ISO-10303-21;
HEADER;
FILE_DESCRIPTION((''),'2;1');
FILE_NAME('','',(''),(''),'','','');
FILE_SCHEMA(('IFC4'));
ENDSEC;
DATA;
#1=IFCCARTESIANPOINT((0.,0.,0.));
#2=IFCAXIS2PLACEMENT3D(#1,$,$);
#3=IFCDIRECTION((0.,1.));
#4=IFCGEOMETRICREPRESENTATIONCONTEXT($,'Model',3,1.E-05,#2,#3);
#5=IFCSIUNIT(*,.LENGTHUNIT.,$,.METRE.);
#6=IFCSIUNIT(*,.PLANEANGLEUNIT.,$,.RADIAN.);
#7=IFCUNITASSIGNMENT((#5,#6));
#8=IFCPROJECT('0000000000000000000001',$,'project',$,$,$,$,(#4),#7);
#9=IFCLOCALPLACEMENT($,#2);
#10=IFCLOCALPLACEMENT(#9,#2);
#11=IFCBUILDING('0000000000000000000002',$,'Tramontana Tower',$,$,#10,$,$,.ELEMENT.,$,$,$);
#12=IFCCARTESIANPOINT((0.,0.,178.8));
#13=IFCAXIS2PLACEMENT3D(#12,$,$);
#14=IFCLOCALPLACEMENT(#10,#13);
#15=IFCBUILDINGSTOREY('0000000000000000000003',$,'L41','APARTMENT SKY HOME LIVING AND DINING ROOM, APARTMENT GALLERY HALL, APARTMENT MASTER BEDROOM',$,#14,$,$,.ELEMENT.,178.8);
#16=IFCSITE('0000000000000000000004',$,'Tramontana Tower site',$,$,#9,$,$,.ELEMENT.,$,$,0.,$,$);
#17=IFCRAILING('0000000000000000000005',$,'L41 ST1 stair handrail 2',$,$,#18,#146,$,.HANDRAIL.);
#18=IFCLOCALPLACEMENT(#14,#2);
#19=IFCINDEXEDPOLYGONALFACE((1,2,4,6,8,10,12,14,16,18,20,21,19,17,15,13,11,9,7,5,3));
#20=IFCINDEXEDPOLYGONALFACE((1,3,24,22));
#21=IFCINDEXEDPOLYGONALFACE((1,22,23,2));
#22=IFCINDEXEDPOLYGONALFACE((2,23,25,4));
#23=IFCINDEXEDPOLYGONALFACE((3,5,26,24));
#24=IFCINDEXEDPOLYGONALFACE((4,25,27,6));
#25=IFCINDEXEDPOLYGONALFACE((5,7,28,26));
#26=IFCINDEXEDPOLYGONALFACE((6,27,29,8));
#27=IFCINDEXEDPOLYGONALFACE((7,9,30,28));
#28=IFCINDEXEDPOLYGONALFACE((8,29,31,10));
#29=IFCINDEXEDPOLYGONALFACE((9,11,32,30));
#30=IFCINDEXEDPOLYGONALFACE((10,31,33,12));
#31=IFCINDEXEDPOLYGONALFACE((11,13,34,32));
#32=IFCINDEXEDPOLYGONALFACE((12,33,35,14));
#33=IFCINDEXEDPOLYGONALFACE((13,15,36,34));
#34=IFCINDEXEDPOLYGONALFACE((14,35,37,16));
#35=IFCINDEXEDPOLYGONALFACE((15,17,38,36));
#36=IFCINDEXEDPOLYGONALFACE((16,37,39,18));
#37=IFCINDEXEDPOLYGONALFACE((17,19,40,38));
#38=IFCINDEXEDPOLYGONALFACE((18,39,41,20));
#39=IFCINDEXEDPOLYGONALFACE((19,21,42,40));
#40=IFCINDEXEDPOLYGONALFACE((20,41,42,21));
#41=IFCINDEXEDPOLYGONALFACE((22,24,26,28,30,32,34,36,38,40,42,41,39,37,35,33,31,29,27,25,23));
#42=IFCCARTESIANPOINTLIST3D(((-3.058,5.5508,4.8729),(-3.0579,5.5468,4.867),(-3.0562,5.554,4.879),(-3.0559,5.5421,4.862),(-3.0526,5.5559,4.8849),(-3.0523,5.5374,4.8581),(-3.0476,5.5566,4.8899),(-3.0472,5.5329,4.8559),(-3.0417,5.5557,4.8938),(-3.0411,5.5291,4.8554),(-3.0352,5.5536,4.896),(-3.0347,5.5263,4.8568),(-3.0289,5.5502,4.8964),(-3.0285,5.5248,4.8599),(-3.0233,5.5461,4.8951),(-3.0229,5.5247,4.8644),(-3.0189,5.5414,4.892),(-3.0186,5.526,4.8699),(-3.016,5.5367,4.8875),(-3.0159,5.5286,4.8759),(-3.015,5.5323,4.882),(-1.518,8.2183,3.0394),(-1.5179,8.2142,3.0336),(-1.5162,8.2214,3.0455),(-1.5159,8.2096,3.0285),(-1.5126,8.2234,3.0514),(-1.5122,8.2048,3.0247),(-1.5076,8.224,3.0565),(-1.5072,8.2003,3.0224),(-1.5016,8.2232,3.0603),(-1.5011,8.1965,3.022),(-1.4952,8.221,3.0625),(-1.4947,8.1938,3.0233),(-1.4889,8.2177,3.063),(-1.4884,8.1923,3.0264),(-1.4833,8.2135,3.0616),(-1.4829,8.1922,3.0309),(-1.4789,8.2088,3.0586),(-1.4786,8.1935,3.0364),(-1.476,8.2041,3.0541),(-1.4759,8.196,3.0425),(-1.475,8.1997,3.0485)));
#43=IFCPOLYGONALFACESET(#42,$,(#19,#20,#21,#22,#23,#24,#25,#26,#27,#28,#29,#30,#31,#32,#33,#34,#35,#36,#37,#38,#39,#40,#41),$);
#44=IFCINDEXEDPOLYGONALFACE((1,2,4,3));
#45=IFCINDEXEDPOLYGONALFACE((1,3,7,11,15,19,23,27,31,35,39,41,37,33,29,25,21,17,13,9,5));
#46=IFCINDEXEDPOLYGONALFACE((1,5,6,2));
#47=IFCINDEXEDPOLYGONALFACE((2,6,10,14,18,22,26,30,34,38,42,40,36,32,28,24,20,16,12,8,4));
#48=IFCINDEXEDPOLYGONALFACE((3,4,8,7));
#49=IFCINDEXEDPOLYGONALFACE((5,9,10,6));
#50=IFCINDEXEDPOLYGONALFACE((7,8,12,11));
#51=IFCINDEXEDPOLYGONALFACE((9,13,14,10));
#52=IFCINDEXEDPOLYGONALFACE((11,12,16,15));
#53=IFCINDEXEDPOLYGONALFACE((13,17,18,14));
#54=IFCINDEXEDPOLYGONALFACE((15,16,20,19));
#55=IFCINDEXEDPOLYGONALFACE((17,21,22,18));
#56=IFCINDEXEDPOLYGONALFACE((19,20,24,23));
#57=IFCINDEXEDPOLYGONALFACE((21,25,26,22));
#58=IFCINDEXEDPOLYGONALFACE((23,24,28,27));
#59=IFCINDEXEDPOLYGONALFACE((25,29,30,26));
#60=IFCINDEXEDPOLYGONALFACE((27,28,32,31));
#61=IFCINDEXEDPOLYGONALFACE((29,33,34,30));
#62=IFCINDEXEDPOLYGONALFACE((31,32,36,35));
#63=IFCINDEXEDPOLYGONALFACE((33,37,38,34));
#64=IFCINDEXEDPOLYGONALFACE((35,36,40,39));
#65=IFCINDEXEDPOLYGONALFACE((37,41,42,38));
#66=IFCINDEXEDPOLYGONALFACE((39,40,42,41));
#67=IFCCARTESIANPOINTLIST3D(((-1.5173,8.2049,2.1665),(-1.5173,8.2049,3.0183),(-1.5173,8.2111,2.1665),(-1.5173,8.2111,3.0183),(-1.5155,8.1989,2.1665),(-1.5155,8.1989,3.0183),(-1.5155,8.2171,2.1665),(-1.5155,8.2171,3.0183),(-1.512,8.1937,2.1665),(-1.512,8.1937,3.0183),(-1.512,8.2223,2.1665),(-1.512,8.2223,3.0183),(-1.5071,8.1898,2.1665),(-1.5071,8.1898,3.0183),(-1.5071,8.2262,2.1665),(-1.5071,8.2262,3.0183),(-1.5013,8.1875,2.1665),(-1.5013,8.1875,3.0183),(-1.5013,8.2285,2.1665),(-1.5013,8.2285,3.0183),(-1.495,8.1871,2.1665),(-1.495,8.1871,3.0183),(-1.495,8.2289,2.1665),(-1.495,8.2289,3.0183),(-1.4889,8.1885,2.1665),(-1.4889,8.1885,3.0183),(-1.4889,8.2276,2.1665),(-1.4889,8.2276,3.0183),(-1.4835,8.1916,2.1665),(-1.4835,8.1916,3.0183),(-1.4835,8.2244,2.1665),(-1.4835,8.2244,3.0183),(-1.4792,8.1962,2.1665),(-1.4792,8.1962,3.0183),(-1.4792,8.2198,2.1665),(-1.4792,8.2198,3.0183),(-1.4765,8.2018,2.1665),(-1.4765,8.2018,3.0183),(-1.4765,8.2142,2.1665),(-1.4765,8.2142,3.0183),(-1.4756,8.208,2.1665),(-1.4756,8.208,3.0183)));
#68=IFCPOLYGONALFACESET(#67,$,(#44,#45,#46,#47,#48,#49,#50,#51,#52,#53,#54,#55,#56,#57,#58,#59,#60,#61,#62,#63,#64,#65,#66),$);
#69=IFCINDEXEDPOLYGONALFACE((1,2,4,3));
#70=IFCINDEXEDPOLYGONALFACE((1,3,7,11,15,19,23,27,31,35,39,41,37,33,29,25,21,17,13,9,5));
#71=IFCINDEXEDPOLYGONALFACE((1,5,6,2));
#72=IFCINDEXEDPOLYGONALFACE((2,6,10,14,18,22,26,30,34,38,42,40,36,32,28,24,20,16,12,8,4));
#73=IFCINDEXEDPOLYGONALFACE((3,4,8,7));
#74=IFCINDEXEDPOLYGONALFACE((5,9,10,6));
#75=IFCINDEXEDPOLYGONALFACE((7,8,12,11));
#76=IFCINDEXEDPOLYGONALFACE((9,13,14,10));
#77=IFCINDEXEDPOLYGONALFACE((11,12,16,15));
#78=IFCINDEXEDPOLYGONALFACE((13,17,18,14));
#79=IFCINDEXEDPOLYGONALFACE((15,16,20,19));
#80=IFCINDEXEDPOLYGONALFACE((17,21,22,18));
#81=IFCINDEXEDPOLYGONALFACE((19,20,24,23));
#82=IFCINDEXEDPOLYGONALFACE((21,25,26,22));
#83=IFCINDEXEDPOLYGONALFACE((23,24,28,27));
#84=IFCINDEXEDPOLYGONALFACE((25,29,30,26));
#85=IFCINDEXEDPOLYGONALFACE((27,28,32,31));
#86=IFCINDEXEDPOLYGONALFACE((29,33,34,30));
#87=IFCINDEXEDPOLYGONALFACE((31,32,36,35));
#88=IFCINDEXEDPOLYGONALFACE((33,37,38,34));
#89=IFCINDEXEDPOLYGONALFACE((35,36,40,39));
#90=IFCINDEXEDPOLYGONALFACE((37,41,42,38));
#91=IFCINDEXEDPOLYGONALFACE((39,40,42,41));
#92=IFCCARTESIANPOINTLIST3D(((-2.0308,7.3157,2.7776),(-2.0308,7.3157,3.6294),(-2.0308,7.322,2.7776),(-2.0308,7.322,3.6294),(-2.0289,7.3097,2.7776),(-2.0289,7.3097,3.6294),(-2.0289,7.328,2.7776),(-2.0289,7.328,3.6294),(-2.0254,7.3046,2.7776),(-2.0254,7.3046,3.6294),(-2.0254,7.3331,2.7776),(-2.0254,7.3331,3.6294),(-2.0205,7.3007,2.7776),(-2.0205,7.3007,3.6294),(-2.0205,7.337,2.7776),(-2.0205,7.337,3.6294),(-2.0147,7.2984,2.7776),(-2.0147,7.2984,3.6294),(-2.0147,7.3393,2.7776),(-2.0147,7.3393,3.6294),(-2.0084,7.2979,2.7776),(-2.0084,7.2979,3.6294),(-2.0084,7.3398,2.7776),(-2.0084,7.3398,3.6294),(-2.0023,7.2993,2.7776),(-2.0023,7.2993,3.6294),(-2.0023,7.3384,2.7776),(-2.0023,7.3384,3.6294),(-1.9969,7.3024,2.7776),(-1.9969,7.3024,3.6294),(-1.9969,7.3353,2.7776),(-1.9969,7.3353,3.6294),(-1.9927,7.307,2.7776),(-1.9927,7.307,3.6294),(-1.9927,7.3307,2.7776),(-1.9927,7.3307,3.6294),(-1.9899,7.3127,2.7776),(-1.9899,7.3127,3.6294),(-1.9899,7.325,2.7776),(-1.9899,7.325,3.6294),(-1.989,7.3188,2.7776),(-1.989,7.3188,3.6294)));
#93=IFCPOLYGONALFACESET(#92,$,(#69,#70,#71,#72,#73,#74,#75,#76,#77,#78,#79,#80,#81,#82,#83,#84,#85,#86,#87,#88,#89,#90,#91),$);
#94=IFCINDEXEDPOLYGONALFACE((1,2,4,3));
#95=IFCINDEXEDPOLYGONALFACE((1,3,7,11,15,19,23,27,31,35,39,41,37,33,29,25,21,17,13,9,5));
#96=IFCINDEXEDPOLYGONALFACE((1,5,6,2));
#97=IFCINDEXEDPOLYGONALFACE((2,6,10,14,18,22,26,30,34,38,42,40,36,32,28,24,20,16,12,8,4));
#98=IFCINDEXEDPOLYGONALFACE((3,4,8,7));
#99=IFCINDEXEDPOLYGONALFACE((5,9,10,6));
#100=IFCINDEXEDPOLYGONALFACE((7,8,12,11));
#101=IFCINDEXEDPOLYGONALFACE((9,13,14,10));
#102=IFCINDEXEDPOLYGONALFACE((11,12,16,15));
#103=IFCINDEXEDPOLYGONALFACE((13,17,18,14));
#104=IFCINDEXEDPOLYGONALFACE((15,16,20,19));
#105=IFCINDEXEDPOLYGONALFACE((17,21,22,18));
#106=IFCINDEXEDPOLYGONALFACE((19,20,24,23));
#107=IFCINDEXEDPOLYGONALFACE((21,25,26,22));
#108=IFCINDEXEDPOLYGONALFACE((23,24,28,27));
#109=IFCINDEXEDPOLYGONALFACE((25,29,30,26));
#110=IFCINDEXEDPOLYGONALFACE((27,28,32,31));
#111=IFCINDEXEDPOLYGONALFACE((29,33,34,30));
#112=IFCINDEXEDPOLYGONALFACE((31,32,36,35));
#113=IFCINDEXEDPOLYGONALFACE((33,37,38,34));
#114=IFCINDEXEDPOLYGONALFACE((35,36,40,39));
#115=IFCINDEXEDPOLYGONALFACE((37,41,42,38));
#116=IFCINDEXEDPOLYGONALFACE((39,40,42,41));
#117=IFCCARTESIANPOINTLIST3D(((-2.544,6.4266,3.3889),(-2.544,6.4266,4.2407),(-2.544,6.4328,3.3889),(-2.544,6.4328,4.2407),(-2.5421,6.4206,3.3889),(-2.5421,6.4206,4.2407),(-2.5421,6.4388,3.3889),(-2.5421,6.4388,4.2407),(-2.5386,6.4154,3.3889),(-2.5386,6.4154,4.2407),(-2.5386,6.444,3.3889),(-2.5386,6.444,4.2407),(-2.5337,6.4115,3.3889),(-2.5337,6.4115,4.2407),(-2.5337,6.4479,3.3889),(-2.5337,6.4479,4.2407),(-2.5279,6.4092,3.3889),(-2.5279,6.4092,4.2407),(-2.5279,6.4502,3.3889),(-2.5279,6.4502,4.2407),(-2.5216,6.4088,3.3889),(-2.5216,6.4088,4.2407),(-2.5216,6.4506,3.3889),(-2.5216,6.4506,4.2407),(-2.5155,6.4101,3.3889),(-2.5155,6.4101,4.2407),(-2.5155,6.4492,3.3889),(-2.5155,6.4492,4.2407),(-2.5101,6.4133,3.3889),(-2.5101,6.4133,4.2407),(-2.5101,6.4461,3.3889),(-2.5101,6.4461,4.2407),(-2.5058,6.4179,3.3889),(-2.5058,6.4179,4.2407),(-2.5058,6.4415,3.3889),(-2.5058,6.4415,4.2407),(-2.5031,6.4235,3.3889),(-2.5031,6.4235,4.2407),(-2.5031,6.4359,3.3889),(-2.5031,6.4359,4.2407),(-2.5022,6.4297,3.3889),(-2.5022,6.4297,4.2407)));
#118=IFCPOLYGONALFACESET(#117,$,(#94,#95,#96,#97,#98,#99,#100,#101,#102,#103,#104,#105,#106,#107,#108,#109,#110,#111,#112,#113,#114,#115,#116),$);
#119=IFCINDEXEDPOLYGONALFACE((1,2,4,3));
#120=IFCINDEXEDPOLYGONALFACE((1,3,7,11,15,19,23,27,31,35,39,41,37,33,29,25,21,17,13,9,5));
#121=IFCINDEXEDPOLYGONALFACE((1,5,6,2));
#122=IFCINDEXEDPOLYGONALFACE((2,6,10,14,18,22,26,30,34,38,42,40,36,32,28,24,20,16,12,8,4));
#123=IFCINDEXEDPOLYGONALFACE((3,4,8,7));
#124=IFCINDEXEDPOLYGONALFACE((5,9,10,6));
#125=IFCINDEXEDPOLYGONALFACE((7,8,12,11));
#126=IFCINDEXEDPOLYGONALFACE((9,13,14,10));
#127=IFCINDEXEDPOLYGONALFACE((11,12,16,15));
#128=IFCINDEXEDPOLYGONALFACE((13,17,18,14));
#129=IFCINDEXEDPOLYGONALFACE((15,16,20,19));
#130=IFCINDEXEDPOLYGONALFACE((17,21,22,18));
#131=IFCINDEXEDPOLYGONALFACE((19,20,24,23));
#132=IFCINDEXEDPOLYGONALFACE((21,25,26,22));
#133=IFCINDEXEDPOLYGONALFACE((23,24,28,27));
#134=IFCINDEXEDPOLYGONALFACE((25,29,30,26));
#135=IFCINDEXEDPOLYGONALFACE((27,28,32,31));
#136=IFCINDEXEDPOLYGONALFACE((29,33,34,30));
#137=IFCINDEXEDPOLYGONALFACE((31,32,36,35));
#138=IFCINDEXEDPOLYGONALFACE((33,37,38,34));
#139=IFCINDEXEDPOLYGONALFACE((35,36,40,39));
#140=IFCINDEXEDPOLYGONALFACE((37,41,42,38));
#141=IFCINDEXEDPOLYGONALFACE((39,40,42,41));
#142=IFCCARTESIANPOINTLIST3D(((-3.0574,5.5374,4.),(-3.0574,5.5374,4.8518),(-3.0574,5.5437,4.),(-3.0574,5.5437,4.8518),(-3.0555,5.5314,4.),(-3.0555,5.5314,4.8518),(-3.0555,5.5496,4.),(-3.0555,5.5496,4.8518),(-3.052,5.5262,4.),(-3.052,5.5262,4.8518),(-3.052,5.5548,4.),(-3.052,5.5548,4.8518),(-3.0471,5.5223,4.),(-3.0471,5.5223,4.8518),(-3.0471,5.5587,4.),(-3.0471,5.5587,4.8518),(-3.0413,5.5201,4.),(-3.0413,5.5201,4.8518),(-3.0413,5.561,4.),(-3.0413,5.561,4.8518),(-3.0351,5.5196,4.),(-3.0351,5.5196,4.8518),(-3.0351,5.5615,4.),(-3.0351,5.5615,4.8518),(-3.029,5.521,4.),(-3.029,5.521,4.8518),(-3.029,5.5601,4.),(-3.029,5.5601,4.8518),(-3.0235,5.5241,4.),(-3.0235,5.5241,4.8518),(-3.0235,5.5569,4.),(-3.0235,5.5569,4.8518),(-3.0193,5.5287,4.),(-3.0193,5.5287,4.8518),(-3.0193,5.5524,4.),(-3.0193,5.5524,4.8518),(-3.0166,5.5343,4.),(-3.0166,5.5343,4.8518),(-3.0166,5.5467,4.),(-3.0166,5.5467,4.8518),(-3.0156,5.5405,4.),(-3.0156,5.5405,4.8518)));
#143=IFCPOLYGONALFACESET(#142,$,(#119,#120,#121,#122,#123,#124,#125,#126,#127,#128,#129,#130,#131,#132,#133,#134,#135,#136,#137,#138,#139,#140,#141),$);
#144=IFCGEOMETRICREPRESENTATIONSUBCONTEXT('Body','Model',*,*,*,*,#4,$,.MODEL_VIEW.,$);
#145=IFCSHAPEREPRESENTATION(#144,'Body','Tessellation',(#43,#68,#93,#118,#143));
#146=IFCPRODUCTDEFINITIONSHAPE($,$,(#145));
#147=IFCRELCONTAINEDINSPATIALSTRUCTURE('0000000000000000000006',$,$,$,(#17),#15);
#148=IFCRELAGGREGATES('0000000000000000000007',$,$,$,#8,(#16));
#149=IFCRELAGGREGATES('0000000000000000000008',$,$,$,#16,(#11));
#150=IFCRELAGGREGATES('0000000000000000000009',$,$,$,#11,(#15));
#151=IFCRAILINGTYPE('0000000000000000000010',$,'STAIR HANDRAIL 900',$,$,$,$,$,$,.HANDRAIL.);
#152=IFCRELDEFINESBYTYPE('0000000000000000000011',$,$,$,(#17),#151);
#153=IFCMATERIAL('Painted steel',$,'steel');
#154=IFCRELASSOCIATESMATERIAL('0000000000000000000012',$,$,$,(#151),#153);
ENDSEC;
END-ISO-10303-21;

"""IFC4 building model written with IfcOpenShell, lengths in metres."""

from ifc_helpers import new_model, si_unit, direction, frame, origin, origin_2d, place, context, subcontext, project, spatial, circle, extrude, material, type_object, element, save


model = new_model("IFC4")

# Units and contexts
model_context = context("Model", 3, precision=1e-05, world=origin(), true_north=direction((0.0, 1.0)))
body_context = subcontext(model_context, "Body", "Model", "MODEL_VIEW")
ifc_project = project(units=[si_unit("LENGTHUNIT", "METRE"), si_unit("PLANEANGLEUNIT", "RADIAN")], contexts=[model_context])

# Site, building, storey
site_placement = place(None, origin())
site = spatial("IfcSite", under=ifc_project, at=site_placement, Name="Tramontana Tower site", CompositionType="ELEMENT", RefElevation=0.0)
building_placement = place(site_placement, origin())
building = spatial("IfcBuilding", under=site, at=building_placement, Name="Tramontana Tower", CompositionType="ELEMENT")
storey_placement = place(building_placement, frame((0.0, 0.0, 178.8)))
storey = spatial("IfcBuildingStorey", under=building, at=storey_placement, Name="L41", Description="APARTMENT SKY HOME LIVING AND DINING ROOM, APARTMENT GALLERY HALL, APARTMENT MASTER BEDROOM", CompositionType="ELEMENT", Elevation=178.8)

# Railing
ifc_material_1 = material(Name="Painted steel", Category="steel")
railing_type_1 = type_object("IfcRailingType", Name="STAIR HANDRAIL 900", PredefinedType="HANDRAIL", material=ifc_material_1)
railing_1_placement = place(storey_placement, frame((-1.4966, 8.208, 2.1665)))
element("IfcRailing", 1, at=railing_1_placement, inside=storey, type_object=railing_type_1, Name="L41 ST1 stair handrail 2", PredefinedType="HANDRAIL", context=body_context, shape_type="SweptSolid", body=[
    extrude(circle(Radius=0.0239, at=origin_2d()), frame((0.0, 0.0, 0.876), z_axis=(-0.429634, -0.744164, 0.511502), x_axis=(0.86603, -0.499992, 0.0)), (0.0, 0.0, 1.0), 3.5845),
    extrude(circle(Radius=0.021, at=origin_2d()), origin(), (0.0, 0.0, 1.0), 0.8518),
    extrude(circle(Radius=0.021, at=origin_2d()), frame((-0.5134, -0.8892, 0.6111)), (0.0, 0.0, 1.0), 0.8518),
    extrude(circle(Radius=0.021, at=origin_2d()), frame((-1.0266, -1.7783, 1.2224)), (0.0, 0.0, 1.0), 0.8518),
    extrude(circle(Radius=0.021, at=origin_2d()), frame((-1.54, -2.6675, 1.8335)), (0.0, 0.0, 1.0), 0.8518),
])

save(model, "model.ifc")
